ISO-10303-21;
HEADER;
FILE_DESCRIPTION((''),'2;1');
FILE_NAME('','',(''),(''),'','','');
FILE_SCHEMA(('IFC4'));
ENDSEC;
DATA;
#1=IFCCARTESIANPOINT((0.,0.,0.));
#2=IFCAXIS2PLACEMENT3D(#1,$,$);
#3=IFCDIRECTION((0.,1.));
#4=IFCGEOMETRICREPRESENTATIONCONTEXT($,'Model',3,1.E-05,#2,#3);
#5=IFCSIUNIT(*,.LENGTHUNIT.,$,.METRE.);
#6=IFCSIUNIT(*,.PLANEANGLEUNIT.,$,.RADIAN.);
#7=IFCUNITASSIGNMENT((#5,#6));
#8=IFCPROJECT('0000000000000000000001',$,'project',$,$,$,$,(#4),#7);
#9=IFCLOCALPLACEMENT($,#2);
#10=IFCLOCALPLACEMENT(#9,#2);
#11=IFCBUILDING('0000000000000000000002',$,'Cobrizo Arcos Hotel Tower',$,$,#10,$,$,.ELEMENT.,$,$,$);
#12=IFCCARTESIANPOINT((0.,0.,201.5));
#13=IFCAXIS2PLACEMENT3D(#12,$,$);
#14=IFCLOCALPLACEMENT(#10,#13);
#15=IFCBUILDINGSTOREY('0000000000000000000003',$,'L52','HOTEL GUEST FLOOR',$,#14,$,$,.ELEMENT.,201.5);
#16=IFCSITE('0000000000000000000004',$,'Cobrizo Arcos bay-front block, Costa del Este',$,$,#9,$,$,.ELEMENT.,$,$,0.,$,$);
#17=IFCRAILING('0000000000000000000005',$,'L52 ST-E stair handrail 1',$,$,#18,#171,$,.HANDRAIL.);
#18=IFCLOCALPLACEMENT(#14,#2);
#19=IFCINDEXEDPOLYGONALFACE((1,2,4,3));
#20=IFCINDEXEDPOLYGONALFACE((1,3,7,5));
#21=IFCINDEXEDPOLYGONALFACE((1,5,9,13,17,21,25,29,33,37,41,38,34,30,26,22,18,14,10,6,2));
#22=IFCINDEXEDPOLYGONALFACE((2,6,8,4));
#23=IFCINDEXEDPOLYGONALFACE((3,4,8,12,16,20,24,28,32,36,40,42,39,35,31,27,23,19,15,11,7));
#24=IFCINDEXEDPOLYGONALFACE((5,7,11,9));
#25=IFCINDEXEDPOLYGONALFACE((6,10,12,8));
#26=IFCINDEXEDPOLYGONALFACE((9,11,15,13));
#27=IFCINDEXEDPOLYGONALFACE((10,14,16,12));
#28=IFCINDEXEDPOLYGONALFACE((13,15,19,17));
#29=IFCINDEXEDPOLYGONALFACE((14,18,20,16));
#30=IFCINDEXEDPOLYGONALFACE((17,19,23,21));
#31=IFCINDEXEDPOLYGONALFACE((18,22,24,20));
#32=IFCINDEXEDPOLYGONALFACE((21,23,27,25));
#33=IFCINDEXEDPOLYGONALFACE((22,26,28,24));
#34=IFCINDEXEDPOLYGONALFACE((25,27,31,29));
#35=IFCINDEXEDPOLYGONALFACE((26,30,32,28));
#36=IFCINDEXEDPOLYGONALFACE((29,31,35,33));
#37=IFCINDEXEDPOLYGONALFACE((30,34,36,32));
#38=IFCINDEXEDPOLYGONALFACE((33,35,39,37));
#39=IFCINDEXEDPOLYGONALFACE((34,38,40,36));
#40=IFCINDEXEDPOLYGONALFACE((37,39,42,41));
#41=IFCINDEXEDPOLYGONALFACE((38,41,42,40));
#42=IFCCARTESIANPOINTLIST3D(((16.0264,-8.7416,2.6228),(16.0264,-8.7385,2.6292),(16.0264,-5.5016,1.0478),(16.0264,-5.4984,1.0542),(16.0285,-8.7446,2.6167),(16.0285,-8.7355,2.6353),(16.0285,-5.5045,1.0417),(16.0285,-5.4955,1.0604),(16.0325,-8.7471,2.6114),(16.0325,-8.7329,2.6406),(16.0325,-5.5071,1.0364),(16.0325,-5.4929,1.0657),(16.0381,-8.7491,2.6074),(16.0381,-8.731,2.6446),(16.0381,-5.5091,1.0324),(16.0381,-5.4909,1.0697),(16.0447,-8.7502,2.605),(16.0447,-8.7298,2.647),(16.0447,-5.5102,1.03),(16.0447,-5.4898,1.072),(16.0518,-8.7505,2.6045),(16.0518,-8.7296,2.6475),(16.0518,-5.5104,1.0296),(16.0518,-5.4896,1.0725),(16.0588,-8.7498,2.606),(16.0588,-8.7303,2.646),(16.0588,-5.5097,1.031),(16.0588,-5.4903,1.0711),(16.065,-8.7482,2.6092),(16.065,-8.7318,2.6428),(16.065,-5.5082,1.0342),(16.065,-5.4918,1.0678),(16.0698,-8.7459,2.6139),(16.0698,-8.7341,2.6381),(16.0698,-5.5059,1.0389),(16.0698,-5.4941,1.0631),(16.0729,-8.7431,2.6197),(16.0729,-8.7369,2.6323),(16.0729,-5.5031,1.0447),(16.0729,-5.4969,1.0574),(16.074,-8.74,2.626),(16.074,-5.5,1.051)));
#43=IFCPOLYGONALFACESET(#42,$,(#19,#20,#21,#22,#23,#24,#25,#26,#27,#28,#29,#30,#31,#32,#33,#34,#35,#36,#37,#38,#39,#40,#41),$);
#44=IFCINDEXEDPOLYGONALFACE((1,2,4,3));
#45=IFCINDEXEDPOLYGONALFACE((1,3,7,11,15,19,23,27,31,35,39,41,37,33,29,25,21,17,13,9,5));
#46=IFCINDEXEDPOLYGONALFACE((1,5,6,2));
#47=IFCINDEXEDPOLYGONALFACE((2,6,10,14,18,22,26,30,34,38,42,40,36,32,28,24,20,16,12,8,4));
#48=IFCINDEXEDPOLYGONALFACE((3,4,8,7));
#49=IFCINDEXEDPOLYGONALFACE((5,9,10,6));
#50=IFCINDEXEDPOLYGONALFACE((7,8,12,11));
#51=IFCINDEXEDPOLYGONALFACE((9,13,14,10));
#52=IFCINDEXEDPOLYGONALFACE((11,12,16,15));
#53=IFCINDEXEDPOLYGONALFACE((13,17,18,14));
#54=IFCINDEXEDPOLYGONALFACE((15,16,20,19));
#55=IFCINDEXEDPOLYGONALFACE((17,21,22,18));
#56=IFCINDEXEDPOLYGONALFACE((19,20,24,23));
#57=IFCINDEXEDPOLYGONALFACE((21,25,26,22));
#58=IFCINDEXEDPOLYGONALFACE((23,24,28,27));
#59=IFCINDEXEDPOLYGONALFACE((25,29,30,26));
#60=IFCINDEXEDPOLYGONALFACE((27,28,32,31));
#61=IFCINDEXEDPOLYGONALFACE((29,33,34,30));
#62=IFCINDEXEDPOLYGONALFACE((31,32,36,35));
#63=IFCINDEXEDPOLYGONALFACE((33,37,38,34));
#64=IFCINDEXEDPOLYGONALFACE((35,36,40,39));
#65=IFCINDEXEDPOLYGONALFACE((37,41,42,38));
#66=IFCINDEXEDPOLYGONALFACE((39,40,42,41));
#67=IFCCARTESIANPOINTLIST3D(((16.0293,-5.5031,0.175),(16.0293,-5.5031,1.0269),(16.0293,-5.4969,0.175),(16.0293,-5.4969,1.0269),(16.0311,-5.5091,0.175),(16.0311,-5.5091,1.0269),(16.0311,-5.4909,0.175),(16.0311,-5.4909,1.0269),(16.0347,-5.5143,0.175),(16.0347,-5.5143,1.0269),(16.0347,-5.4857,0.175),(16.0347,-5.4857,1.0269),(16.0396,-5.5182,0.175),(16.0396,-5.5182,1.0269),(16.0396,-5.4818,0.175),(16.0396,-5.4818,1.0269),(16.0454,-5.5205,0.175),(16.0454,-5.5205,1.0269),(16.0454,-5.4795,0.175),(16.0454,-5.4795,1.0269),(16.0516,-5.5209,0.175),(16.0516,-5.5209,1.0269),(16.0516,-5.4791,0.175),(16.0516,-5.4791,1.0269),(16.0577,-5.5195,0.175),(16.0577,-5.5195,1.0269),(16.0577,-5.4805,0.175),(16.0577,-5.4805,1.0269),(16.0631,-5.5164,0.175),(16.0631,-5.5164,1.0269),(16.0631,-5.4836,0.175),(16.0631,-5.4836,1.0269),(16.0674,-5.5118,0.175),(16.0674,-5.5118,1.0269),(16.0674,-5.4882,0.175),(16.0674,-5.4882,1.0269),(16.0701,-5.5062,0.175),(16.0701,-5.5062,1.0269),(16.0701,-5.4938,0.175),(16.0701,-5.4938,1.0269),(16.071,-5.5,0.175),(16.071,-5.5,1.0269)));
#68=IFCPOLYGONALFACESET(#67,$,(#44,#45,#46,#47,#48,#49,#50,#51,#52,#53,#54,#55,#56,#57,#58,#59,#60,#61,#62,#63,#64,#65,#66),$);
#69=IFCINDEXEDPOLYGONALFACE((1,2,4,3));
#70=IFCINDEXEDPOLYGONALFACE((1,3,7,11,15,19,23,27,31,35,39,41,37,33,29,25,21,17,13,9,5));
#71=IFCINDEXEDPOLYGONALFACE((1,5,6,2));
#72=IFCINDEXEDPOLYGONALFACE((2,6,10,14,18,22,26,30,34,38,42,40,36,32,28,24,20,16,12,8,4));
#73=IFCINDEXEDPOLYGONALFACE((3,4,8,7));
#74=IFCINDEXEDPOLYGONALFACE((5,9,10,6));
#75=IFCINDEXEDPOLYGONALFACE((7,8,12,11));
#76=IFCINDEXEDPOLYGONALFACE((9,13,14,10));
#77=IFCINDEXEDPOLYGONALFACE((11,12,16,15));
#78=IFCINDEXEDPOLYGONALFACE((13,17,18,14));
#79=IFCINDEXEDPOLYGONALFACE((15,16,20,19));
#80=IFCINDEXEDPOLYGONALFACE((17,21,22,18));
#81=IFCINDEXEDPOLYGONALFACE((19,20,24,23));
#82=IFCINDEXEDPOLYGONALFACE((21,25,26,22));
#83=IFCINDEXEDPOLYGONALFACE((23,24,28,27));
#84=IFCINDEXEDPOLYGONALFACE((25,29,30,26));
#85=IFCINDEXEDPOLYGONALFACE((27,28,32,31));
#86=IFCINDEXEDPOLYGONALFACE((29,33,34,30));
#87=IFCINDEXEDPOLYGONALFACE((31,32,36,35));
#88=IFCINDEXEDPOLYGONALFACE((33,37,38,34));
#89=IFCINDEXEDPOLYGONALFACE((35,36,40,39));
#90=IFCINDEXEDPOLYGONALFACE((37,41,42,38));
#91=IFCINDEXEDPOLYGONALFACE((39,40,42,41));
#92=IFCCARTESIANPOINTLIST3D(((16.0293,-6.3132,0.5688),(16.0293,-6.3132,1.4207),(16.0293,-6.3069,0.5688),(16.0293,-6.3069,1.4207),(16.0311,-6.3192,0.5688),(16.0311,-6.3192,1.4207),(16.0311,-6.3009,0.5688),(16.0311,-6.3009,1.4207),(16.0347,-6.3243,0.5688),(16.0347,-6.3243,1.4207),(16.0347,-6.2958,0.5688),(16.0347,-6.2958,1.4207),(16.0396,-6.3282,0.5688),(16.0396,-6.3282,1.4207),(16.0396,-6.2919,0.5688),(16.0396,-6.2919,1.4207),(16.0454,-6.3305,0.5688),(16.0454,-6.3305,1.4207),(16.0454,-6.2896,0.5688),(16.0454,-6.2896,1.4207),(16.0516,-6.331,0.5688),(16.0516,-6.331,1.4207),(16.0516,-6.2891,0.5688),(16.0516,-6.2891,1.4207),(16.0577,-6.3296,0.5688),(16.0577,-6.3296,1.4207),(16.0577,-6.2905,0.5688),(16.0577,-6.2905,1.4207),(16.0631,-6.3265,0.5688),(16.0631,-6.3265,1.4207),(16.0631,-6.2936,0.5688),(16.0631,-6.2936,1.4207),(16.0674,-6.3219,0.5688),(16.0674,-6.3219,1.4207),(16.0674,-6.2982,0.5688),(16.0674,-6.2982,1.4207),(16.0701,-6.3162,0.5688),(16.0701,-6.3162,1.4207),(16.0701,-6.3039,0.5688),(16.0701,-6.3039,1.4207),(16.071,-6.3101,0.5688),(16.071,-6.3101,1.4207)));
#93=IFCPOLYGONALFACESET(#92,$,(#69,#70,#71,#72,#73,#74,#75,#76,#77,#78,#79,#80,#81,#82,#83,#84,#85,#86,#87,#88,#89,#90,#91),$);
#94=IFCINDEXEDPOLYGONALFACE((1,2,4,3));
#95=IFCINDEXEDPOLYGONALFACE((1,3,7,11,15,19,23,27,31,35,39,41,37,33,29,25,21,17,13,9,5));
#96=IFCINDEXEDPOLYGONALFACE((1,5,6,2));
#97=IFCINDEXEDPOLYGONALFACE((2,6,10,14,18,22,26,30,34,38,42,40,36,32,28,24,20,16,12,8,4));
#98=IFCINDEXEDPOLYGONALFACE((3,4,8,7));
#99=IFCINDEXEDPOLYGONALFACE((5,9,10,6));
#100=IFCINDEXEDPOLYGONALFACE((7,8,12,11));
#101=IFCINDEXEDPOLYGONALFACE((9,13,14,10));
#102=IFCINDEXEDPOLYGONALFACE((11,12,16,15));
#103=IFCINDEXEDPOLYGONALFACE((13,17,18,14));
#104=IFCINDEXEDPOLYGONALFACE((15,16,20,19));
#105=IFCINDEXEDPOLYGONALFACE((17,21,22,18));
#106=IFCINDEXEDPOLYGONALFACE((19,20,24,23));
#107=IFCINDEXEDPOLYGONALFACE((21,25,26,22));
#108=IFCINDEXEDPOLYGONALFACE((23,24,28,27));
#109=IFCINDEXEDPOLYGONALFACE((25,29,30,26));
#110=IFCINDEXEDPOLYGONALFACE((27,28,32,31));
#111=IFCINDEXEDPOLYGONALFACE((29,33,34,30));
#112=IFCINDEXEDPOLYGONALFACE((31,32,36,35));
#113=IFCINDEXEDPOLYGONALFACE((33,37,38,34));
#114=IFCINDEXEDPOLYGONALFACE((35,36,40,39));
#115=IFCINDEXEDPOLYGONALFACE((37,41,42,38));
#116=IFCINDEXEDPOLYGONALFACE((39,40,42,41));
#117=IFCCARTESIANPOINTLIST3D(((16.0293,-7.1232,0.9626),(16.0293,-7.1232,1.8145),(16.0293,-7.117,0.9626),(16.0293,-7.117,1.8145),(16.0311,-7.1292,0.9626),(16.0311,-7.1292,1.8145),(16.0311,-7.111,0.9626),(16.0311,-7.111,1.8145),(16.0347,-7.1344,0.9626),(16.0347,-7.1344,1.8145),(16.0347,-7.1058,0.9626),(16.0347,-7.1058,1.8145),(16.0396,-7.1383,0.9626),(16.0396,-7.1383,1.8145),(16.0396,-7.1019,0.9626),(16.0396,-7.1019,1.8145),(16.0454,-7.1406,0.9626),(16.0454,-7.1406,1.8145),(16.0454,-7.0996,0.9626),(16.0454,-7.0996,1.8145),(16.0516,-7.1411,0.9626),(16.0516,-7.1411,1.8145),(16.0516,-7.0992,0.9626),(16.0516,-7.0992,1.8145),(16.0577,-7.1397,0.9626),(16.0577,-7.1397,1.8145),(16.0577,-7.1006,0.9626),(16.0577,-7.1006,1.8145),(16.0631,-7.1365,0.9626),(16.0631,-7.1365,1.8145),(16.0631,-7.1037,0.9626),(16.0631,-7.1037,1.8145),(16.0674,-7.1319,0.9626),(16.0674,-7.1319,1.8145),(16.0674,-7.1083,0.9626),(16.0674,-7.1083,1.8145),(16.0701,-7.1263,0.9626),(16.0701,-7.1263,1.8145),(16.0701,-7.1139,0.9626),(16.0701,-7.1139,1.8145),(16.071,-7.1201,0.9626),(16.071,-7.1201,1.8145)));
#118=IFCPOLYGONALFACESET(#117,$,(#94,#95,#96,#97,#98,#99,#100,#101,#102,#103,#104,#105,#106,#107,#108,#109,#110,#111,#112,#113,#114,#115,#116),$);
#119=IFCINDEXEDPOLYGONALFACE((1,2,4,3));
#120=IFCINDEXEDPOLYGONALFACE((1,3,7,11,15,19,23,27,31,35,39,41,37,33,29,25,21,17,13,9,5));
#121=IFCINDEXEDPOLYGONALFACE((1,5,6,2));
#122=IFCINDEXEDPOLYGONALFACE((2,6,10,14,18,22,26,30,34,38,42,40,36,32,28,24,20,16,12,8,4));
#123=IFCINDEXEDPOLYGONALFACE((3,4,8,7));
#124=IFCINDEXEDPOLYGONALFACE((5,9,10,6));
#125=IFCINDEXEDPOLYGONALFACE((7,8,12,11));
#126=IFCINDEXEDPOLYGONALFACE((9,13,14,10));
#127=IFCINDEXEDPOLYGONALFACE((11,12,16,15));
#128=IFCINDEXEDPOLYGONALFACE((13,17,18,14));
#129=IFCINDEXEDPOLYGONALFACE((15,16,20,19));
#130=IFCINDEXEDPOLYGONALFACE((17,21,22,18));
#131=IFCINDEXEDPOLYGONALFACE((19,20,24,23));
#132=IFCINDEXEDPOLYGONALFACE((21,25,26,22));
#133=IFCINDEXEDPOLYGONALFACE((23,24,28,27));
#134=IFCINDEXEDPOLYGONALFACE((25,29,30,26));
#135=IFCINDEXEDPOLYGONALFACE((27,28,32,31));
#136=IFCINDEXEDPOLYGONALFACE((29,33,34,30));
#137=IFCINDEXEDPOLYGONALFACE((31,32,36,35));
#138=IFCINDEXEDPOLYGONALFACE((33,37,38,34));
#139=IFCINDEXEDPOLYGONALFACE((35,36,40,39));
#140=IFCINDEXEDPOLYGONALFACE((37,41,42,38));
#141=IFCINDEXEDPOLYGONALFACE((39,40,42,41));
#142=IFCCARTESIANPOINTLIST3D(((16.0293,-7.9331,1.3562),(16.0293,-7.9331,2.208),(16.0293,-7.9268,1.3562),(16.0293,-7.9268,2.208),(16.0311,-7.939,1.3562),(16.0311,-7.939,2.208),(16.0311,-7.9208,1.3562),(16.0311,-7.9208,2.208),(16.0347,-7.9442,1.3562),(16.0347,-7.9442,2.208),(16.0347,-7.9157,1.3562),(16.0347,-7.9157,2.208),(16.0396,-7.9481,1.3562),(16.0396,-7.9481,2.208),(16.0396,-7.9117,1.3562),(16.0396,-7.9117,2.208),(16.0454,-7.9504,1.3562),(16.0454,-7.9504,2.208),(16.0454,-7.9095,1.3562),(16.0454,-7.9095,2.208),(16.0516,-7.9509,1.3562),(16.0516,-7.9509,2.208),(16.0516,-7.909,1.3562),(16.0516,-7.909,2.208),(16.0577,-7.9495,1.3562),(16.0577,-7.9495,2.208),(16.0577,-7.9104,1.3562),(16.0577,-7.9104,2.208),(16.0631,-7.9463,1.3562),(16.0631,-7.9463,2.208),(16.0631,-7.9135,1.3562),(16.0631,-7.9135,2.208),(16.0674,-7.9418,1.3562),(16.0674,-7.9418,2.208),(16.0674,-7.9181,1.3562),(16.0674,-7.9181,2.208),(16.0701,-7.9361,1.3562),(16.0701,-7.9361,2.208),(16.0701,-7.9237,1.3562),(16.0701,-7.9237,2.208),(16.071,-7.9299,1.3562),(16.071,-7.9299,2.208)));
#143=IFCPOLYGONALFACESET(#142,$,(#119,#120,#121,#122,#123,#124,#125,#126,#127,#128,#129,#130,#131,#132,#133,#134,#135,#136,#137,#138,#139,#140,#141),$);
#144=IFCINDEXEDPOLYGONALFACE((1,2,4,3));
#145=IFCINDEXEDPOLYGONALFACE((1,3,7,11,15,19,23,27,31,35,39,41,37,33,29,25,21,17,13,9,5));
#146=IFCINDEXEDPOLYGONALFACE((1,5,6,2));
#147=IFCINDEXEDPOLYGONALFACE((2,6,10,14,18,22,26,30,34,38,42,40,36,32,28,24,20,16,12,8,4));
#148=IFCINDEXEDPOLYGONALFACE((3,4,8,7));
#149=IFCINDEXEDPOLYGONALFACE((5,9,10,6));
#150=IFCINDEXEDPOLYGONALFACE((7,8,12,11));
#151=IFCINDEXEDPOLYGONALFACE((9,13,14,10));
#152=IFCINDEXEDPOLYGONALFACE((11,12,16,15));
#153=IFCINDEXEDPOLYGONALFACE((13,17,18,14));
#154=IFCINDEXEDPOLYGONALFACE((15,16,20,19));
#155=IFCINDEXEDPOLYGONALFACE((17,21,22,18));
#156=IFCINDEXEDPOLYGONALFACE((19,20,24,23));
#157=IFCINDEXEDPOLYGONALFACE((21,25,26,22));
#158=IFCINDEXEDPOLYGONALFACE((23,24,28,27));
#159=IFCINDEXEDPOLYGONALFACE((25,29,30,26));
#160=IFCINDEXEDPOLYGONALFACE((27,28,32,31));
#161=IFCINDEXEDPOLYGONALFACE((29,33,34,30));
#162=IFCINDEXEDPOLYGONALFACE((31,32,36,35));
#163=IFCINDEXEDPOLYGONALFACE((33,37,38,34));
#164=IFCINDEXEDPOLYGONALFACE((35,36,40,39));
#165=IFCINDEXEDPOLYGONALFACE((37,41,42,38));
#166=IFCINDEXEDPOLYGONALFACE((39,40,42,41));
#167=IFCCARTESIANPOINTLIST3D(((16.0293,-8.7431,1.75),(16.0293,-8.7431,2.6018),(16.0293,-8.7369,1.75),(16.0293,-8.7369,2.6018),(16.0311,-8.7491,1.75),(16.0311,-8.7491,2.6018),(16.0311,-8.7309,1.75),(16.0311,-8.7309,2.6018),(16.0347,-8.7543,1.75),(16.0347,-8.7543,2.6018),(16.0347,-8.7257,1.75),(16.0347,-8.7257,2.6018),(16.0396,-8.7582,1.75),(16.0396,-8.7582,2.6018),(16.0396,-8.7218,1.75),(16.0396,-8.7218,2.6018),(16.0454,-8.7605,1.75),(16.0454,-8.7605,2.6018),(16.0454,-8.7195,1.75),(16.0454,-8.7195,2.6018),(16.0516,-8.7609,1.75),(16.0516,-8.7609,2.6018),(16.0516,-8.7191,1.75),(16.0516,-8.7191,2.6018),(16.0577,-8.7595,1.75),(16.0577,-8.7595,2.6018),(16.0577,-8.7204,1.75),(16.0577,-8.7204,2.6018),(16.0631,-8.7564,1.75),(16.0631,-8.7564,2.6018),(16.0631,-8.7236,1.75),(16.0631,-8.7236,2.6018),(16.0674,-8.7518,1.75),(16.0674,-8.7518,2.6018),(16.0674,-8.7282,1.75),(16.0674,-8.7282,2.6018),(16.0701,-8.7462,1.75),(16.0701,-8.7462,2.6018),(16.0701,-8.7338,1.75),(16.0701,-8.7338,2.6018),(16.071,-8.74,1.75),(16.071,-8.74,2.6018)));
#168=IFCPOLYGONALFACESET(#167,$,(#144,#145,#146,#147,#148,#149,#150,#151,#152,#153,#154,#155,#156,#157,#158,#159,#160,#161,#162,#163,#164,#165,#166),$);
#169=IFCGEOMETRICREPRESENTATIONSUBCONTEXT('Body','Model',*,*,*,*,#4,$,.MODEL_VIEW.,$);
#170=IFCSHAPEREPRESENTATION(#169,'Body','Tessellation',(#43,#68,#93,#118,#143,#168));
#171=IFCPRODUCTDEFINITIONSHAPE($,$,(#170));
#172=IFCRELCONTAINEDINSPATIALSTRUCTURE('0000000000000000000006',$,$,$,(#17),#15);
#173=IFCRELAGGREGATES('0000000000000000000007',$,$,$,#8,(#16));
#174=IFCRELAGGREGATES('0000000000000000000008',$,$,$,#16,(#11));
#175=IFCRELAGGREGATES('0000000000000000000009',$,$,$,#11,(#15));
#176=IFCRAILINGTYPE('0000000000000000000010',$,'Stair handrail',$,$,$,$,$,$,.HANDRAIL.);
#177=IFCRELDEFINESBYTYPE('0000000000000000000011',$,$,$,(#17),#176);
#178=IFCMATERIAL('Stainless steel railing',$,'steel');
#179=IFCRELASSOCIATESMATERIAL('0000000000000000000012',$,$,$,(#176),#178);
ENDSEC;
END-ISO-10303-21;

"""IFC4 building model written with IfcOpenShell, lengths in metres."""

from ifc_helpers import new_model, si_unit, direction, frame, origin, origin_2d, place, context, subcontext, project, spatial, circle, extrude, material, type_object, element, save


model = new_model("IFC4")

# Units and contexts
model_context = context("Model", 3, precision=1e-05, world=origin(), true_north=direction((0.0, 1.0)))
body_context = subcontext(model_context, "Body", "Model", "MODEL_VIEW")
ifc_project = project(units=[si_unit("LENGTHUNIT", "METRE"), si_unit("PLANEANGLEUNIT", "RADIAN")], contexts=[model_context])

# Site, building, storey
site_placement = place(None, origin())
site = spatial("IfcSite", under=ifc_project, at=site_placement, Name="Cobrizo Arcos bay-front block, Costa del Este", CompositionType="ELEMENT", RefElevation=0.0)
building_placement = place(site_placement, origin())
building = spatial("IfcBuilding", under=site, at=building_placement, Name="Cobrizo Arcos Hotel Tower", CompositionType="ELEMENT")
storey_placement = place(building_placement, frame((0.0, 0.0, 201.5)))
storey = spatial("IfcBuildingStorey", under=building, at=storey_placement, Name="L52", Description="HOTEL GUEST FLOOR", CompositionType="ELEMENT", Elevation=201.5)

# Railing
ifc_material_1 = material(Name="Stainless steel railing", Category="steel")
railing_type_1 = type_object("IfcRailingType", Name="Stair handrail", PredefinedType="HANDRAIL", material=ifc_material_1)
railing_1_placement = place(storey_placement, frame((16.05, -5.5, 0.175)))
element("IfcRailing", 1, at=railing_1_placement, inside=storey, type_object=railing_type_1, Name="L52 ST-E stair handrail 1", PredefinedType="HANDRAIL", context=body_context, shape_type="SweptSolid", body=[
    extrude(circle(Radius=0.0239, at=origin_2d()), frame((0.0, 0.0, 0.876), z_axis=(0.0, -0.899373, 0.437183), x_axis=(1.0, 0.0, 0.0)), (0.0, 0.0, 1.0), 3.6025),
    extrude(circle(Radius=0.021, at=origin_2d()), origin(), (0.0, 0.0, 1.0), 0.8518),
    extrude(circle(Radius=0.021, at=origin_2d()), frame((0.0, -0.8101, 0.3938)), (0.0, 0.0, 1.0), 0.8518),
    extrude(circle(Radius=0.021, at=origin_2d()), frame((0.0, -1.6201, 0.7876)), (0.0, 0.0, 1.0), 0.8518),
    extrude(circle(Radius=0.021, at=origin_2d()), frame((0.0, -2.4299, 1.1812)), (0.0, 0.0, 1.0), 0.8518),
    extrude(circle(Radius=0.021, at=origin_2d()), frame((0.0, -3.24, 1.575)), (0.0, 0.0, 1.0), 0.8518),
])

save(model, "model.ifc")
